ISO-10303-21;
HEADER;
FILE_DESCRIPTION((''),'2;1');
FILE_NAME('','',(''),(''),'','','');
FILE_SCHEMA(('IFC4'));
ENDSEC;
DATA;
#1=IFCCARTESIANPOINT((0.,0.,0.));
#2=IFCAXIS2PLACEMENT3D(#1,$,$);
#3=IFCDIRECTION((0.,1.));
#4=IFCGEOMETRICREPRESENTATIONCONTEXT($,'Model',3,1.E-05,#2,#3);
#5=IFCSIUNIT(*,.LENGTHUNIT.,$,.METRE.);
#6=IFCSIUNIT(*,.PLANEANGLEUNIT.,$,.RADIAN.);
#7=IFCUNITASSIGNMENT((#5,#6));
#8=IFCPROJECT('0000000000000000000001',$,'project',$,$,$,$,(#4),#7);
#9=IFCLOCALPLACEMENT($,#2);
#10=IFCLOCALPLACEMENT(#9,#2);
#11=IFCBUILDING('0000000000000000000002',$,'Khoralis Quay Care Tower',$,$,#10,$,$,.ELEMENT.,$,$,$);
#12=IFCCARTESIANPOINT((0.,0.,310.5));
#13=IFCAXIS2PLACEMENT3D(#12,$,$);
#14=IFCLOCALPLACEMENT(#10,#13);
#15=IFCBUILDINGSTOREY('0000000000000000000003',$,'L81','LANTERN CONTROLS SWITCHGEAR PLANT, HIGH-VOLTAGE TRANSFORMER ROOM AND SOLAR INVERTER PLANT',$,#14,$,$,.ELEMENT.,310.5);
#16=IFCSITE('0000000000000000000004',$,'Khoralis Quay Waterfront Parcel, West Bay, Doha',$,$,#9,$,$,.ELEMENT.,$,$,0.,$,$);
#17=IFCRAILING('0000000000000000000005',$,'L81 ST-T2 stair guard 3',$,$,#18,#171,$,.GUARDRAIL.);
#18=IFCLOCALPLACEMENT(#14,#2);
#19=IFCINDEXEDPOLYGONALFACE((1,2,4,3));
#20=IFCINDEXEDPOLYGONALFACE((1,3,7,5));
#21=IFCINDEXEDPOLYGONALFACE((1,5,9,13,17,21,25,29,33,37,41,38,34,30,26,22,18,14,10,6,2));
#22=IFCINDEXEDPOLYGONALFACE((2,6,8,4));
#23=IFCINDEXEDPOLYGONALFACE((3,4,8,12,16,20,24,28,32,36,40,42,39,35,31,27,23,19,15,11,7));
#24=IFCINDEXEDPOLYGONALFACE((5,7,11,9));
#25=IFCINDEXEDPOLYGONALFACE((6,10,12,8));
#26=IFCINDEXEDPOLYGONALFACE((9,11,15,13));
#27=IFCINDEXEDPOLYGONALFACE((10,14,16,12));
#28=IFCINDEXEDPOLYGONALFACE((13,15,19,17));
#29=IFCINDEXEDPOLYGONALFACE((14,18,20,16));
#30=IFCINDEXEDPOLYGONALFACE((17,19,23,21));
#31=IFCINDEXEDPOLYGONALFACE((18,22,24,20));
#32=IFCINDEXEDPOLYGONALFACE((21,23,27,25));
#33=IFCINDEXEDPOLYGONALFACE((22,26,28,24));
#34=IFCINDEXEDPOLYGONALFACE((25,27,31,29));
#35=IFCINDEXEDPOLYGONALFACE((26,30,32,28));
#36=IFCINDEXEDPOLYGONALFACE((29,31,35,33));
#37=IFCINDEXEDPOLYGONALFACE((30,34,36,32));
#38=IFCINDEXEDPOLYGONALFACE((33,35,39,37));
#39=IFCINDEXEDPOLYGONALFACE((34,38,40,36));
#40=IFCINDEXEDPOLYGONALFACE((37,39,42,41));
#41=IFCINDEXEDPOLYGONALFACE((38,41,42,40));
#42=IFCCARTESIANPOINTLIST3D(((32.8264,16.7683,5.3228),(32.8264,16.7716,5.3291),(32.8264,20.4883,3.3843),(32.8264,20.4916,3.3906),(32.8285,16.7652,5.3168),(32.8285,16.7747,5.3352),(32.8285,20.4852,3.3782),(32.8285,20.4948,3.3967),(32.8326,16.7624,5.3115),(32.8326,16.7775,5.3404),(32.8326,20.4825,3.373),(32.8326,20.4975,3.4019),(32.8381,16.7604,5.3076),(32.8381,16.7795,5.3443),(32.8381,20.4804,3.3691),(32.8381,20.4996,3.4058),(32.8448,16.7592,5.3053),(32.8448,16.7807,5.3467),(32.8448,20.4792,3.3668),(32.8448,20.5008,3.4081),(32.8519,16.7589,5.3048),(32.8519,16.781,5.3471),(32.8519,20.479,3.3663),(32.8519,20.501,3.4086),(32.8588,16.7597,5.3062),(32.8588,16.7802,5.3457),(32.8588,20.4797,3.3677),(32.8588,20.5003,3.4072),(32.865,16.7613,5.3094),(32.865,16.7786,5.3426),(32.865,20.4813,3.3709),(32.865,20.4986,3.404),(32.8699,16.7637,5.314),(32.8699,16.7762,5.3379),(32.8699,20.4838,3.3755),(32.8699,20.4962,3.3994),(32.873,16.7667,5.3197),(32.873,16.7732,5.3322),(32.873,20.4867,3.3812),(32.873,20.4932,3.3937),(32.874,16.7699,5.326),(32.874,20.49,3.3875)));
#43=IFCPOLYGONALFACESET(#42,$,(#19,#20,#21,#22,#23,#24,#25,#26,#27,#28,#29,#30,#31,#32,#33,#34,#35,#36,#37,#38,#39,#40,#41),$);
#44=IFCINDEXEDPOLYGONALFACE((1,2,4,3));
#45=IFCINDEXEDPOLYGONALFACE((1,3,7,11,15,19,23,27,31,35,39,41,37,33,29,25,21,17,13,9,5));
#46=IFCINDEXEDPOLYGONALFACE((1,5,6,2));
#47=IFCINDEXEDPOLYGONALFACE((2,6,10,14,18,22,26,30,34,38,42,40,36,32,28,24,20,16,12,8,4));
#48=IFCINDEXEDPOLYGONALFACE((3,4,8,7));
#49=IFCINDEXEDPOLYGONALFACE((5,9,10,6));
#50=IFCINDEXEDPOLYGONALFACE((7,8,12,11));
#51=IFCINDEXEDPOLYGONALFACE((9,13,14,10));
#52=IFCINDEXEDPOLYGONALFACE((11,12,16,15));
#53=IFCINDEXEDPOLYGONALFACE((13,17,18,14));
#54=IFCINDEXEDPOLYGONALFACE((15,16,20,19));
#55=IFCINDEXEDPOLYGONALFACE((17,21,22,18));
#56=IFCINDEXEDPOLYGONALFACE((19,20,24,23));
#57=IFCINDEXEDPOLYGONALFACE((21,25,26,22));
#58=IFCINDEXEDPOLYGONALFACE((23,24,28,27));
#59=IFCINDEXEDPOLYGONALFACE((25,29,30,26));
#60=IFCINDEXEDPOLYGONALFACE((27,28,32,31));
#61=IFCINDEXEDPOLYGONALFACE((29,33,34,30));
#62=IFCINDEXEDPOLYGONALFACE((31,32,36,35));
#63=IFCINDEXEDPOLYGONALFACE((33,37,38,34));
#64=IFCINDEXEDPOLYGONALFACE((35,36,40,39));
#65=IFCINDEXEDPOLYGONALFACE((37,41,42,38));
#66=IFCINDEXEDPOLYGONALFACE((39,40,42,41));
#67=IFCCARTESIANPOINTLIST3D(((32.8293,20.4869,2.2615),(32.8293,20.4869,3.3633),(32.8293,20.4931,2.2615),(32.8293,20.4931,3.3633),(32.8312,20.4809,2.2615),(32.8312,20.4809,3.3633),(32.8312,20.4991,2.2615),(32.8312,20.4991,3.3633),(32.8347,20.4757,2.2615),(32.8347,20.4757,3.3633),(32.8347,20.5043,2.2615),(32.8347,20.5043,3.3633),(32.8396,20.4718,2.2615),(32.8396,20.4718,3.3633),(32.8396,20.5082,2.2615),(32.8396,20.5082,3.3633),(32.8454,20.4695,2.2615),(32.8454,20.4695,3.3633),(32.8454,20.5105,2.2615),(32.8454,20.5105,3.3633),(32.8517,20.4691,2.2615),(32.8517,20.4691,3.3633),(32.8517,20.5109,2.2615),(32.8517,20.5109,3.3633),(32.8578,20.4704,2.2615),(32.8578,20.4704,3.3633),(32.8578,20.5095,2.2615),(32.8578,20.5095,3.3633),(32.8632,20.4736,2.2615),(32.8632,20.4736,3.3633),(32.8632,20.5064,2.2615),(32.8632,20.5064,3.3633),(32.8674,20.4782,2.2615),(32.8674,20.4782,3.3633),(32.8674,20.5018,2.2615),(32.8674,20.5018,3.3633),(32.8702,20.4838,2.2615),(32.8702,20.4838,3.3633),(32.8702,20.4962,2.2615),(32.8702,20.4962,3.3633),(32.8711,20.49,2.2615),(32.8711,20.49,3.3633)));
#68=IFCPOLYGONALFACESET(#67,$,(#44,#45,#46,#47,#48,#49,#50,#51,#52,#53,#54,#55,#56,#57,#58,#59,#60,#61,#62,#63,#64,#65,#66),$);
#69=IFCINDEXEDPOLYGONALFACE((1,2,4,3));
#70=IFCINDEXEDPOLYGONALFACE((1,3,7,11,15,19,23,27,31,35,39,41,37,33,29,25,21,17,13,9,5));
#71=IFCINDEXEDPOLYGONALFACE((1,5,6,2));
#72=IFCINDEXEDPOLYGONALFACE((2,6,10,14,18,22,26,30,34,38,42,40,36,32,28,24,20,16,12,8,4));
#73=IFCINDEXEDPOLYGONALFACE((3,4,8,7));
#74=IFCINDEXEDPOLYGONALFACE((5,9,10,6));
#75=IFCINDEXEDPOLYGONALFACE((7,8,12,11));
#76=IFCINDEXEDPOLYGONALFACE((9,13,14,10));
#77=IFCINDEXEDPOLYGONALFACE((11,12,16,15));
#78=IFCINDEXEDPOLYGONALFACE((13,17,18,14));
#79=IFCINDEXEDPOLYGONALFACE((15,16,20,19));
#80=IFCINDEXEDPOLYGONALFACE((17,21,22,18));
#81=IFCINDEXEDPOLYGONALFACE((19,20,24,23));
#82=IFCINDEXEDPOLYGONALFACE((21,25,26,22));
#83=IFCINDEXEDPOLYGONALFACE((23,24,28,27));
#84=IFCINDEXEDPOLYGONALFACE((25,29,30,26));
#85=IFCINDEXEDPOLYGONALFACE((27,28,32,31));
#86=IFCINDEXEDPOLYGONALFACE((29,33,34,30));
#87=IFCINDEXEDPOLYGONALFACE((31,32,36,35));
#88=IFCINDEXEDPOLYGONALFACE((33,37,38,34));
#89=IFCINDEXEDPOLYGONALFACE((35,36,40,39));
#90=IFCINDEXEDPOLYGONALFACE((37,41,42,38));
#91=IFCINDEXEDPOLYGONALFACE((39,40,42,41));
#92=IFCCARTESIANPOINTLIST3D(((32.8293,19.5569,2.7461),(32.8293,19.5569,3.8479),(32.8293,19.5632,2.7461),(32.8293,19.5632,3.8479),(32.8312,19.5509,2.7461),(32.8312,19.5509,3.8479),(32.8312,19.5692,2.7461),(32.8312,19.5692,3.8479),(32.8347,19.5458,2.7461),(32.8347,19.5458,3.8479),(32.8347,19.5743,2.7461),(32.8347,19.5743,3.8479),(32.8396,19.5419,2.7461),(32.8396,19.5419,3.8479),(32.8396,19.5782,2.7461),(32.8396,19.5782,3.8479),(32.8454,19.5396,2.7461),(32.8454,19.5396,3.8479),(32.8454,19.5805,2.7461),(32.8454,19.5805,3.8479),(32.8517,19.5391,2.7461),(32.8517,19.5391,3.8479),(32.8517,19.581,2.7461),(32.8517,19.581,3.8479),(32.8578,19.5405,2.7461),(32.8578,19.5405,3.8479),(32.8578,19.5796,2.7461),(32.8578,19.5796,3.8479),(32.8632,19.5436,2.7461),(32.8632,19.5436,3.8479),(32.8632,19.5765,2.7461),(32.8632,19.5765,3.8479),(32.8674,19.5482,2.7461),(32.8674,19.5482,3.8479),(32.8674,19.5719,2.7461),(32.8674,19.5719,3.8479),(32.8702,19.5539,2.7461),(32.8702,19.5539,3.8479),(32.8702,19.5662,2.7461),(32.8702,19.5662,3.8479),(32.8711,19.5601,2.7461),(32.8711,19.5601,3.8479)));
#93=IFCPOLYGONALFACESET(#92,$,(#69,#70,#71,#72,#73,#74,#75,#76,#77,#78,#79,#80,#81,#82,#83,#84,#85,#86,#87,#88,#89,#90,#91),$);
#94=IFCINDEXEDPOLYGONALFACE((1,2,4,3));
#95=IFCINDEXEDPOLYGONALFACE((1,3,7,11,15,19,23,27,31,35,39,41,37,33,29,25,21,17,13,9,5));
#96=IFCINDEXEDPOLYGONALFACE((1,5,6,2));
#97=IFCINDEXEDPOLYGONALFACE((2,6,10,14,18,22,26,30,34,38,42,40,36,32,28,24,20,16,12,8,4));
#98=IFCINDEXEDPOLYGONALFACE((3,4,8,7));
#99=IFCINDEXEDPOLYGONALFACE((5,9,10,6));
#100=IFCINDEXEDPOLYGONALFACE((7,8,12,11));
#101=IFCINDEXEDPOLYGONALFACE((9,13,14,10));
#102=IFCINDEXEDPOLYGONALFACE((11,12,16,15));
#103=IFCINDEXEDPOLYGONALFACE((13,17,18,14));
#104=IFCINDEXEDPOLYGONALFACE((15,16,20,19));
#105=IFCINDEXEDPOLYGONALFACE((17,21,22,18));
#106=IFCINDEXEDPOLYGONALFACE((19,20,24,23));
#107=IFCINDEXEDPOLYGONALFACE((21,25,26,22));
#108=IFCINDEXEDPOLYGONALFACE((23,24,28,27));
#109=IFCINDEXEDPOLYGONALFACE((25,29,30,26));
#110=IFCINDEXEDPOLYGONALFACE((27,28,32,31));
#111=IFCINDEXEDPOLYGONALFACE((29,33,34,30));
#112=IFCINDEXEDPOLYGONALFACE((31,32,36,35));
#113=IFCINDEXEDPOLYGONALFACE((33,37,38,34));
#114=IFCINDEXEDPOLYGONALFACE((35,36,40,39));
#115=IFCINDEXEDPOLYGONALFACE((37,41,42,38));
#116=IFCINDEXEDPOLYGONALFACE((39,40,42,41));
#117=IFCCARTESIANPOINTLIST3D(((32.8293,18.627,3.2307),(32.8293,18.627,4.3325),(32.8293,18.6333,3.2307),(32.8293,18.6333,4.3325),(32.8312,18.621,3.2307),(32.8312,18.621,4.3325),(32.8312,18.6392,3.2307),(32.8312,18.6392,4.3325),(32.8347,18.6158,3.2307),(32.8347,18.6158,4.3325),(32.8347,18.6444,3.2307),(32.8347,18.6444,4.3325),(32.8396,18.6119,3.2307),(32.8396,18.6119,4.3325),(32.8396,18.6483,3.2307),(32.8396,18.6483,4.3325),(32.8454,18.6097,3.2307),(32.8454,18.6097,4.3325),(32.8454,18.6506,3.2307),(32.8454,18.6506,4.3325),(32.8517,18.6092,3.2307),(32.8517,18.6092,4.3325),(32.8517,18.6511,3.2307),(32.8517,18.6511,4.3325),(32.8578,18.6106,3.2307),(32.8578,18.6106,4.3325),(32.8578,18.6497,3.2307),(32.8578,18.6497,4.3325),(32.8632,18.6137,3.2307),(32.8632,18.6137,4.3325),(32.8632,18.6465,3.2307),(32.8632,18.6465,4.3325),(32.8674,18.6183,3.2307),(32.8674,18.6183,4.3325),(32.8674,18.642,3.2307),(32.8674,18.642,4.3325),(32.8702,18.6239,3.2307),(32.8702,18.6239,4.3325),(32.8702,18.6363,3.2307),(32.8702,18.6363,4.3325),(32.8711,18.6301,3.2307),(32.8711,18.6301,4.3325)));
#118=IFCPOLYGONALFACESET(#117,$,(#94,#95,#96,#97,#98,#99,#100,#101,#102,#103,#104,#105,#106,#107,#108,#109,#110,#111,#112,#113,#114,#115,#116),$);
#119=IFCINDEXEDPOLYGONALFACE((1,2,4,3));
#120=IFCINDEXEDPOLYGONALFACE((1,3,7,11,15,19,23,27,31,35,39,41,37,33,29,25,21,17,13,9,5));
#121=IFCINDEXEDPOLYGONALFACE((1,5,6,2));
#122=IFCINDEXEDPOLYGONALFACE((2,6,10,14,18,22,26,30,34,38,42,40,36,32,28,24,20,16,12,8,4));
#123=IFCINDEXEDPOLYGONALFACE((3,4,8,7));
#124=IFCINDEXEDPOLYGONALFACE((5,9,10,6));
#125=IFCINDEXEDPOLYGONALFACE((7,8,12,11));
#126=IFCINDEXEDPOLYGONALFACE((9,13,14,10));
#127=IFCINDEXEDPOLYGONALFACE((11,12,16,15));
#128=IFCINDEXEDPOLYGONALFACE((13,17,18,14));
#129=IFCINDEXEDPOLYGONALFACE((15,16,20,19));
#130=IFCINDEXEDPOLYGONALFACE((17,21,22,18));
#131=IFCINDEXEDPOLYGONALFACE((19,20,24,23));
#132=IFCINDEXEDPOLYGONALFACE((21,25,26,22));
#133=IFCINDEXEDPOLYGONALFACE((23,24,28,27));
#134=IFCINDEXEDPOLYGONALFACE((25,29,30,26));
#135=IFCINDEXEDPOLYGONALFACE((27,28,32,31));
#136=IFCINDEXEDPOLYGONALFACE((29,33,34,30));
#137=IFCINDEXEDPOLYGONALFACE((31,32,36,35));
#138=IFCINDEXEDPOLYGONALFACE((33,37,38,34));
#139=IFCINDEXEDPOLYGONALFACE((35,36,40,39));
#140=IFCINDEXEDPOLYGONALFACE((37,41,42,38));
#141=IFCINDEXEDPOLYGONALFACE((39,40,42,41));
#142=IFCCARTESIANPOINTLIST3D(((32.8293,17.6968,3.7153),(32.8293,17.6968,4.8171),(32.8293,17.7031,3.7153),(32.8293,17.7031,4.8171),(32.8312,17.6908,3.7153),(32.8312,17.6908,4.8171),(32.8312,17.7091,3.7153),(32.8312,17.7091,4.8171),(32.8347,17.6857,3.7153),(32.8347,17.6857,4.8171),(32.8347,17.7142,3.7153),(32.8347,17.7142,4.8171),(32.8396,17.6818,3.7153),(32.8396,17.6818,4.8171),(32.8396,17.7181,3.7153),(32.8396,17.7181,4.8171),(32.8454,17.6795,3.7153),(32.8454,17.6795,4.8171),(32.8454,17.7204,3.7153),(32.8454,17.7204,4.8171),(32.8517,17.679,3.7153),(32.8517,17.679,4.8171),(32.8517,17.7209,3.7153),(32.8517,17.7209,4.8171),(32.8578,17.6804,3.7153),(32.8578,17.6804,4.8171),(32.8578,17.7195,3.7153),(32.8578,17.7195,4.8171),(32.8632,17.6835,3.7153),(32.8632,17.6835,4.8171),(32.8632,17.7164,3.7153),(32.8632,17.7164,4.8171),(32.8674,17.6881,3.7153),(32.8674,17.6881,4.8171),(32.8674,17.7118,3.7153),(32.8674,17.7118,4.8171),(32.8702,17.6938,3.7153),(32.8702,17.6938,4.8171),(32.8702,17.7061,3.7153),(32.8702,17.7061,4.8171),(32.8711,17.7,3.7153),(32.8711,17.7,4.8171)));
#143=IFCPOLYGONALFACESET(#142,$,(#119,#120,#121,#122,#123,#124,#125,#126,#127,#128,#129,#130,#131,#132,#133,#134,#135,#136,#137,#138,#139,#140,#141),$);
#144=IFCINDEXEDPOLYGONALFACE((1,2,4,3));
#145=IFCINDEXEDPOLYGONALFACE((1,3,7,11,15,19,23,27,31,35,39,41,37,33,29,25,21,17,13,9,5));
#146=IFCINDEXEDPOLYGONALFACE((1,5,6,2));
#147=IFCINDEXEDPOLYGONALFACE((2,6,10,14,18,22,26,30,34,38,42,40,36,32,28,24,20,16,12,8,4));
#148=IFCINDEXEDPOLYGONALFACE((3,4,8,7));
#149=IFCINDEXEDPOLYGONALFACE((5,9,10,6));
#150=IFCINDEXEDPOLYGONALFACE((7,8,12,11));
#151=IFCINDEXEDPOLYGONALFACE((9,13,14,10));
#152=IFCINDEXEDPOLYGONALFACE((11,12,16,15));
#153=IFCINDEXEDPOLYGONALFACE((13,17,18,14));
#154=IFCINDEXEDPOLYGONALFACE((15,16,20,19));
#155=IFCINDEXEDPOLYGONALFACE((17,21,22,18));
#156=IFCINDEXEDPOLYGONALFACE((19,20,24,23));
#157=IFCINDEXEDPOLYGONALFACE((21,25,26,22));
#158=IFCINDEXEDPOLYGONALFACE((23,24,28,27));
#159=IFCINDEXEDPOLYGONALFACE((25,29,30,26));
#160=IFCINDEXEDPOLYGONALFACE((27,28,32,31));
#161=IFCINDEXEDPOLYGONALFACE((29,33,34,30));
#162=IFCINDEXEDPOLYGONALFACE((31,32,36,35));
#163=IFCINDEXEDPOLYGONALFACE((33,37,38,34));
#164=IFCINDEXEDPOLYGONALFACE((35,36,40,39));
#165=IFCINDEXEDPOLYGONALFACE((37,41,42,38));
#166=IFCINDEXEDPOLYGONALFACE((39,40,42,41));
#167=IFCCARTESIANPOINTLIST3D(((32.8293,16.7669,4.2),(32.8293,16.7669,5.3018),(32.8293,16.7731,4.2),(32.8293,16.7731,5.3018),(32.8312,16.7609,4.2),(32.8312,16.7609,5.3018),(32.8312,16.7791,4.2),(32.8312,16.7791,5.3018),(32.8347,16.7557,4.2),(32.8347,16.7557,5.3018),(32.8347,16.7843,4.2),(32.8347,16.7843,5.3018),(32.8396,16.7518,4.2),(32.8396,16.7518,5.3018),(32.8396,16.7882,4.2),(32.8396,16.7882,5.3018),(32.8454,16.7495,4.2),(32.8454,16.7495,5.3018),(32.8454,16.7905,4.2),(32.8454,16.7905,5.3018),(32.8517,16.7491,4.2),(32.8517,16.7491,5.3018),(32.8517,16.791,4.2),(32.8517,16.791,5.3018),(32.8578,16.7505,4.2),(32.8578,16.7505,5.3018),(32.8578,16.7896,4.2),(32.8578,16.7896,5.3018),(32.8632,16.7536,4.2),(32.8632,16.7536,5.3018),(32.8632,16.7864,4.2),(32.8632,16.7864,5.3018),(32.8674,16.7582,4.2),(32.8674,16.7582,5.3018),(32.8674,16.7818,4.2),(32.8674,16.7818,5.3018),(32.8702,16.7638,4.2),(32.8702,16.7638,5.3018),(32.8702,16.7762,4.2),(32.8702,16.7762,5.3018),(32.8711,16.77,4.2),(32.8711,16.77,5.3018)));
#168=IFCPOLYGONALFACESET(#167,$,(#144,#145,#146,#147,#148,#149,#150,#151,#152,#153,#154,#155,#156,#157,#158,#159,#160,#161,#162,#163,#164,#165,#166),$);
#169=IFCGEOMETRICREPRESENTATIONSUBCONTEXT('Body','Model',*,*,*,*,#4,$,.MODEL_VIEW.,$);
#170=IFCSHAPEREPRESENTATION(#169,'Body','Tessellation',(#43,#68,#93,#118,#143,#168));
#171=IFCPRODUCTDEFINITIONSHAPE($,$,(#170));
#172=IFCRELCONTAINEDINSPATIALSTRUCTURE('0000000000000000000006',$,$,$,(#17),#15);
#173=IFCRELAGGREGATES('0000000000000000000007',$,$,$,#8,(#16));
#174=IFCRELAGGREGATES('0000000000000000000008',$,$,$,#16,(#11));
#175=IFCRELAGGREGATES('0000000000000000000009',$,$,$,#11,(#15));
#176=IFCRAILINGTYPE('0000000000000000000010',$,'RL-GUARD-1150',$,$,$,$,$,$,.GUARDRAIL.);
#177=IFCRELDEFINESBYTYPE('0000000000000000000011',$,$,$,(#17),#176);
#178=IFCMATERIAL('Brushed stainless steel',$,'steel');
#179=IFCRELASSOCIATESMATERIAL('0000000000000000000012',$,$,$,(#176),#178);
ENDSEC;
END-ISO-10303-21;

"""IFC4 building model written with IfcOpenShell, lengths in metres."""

from ifc_helpers import new_model, si_unit, direction, frame, origin, origin_2d, place, context, subcontext, project, spatial, circle, extrude, material, type_object, element, save


model = new_model("IFC4")

# Units and contexts
model_context = context("Model", 3, precision=1e-05, world=origin(), true_north=direction((0.0, 1.0)))
body_context = subcontext(model_context, "Body", "Model", "MODEL_VIEW")
ifc_project = project(units=[si_unit("LENGTHUNIT", "METRE"), si_unit("PLANEANGLEUNIT", "RADIAN")], contexts=[model_context])

# Site, building, storey
site_placement = place(None, origin())
site = spatial("IfcSite", under=ifc_project, at=site_placement, Name="Khoralis Quay Waterfront Parcel, West Bay, Doha", CompositionType="ELEMENT", RefElevation=0.0)
building_placement = place(site_placement, origin())
building = spatial("IfcBuilding", under=site, at=building_placement, Name="Khoralis Quay Care Tower", CompositionType="ELEMENT")
storey_placement = place(building_placement, frame((0.0, 0.0, 310.5)))
storey = spatial("IfcBuildingStorey", under=building, at=storey_placement, Name="L81", Description="LANTERN CONTROLS SWITCHGEAR PLANT, HIGH-VOLTAGE TRANSFORMER ROOM AND SOLAR INVERTER PLANT", CompositionType="ELEMENT", Elevation=310.5)

# Railing
ifc_material_1 = material(Name="Brushed stainless steel", Category="steel")
railing_type_1 = type_object("IfcRailingType", Name="RL-GUARD-1150", PredefinedType="GUARDRAIL", material=ifc_material_1)
railing_1_placement = place(storey_placement, frame((32.8501, 20.49, 2.2615)))
element("IfcRailing", 1, at=railing_1_placement, inside=storey, type_object=railing_type_1, Name="L81 ST-T2 stair guard 3", PredefinedType="GUARDRAIL", context=body_context, shape_type="SweptSolid", body=[
    extrude(circle(Radius=0.0239, at=origin_2d()), frame((0.0, 0.0, 1.126), z_axis=(0.0, -0.886817, 0.46212), x_axis=(1.0, 0.0, 0.0)), (0.0, 0.0, 1.0), 4.1948),
    extrude(circle(Radius=0.021, at=origin_2d()), origin(), (0.0, 0.0, 1.0), 1.1018),
    extrude(circle(Radius=0.021, at=origin_2d()), frame((0.0, -0.9299, 0.4846)), (0.0, 0.0, 1.0), 1.1018),
    extrude(circle(Radius=0.021, at=origin_2d()), frame((0.0, -1.8599, 0.9692)), (0.0, 0.0, 1.0), 1.1018),
    extrude(circle(Radius=0.021, at=origin_2d()), frame((0.0, -2.79, 1.4539)), (0.0, 0.0, 1.0), 1.1018),
    extrude(circle(Radius=0.021, at=origin_2d()), frame((0.0, -3.72, 1.9385)), (0.0, 0.0, 1.0), 1.1018),
])

save(model, "model.ifc")
